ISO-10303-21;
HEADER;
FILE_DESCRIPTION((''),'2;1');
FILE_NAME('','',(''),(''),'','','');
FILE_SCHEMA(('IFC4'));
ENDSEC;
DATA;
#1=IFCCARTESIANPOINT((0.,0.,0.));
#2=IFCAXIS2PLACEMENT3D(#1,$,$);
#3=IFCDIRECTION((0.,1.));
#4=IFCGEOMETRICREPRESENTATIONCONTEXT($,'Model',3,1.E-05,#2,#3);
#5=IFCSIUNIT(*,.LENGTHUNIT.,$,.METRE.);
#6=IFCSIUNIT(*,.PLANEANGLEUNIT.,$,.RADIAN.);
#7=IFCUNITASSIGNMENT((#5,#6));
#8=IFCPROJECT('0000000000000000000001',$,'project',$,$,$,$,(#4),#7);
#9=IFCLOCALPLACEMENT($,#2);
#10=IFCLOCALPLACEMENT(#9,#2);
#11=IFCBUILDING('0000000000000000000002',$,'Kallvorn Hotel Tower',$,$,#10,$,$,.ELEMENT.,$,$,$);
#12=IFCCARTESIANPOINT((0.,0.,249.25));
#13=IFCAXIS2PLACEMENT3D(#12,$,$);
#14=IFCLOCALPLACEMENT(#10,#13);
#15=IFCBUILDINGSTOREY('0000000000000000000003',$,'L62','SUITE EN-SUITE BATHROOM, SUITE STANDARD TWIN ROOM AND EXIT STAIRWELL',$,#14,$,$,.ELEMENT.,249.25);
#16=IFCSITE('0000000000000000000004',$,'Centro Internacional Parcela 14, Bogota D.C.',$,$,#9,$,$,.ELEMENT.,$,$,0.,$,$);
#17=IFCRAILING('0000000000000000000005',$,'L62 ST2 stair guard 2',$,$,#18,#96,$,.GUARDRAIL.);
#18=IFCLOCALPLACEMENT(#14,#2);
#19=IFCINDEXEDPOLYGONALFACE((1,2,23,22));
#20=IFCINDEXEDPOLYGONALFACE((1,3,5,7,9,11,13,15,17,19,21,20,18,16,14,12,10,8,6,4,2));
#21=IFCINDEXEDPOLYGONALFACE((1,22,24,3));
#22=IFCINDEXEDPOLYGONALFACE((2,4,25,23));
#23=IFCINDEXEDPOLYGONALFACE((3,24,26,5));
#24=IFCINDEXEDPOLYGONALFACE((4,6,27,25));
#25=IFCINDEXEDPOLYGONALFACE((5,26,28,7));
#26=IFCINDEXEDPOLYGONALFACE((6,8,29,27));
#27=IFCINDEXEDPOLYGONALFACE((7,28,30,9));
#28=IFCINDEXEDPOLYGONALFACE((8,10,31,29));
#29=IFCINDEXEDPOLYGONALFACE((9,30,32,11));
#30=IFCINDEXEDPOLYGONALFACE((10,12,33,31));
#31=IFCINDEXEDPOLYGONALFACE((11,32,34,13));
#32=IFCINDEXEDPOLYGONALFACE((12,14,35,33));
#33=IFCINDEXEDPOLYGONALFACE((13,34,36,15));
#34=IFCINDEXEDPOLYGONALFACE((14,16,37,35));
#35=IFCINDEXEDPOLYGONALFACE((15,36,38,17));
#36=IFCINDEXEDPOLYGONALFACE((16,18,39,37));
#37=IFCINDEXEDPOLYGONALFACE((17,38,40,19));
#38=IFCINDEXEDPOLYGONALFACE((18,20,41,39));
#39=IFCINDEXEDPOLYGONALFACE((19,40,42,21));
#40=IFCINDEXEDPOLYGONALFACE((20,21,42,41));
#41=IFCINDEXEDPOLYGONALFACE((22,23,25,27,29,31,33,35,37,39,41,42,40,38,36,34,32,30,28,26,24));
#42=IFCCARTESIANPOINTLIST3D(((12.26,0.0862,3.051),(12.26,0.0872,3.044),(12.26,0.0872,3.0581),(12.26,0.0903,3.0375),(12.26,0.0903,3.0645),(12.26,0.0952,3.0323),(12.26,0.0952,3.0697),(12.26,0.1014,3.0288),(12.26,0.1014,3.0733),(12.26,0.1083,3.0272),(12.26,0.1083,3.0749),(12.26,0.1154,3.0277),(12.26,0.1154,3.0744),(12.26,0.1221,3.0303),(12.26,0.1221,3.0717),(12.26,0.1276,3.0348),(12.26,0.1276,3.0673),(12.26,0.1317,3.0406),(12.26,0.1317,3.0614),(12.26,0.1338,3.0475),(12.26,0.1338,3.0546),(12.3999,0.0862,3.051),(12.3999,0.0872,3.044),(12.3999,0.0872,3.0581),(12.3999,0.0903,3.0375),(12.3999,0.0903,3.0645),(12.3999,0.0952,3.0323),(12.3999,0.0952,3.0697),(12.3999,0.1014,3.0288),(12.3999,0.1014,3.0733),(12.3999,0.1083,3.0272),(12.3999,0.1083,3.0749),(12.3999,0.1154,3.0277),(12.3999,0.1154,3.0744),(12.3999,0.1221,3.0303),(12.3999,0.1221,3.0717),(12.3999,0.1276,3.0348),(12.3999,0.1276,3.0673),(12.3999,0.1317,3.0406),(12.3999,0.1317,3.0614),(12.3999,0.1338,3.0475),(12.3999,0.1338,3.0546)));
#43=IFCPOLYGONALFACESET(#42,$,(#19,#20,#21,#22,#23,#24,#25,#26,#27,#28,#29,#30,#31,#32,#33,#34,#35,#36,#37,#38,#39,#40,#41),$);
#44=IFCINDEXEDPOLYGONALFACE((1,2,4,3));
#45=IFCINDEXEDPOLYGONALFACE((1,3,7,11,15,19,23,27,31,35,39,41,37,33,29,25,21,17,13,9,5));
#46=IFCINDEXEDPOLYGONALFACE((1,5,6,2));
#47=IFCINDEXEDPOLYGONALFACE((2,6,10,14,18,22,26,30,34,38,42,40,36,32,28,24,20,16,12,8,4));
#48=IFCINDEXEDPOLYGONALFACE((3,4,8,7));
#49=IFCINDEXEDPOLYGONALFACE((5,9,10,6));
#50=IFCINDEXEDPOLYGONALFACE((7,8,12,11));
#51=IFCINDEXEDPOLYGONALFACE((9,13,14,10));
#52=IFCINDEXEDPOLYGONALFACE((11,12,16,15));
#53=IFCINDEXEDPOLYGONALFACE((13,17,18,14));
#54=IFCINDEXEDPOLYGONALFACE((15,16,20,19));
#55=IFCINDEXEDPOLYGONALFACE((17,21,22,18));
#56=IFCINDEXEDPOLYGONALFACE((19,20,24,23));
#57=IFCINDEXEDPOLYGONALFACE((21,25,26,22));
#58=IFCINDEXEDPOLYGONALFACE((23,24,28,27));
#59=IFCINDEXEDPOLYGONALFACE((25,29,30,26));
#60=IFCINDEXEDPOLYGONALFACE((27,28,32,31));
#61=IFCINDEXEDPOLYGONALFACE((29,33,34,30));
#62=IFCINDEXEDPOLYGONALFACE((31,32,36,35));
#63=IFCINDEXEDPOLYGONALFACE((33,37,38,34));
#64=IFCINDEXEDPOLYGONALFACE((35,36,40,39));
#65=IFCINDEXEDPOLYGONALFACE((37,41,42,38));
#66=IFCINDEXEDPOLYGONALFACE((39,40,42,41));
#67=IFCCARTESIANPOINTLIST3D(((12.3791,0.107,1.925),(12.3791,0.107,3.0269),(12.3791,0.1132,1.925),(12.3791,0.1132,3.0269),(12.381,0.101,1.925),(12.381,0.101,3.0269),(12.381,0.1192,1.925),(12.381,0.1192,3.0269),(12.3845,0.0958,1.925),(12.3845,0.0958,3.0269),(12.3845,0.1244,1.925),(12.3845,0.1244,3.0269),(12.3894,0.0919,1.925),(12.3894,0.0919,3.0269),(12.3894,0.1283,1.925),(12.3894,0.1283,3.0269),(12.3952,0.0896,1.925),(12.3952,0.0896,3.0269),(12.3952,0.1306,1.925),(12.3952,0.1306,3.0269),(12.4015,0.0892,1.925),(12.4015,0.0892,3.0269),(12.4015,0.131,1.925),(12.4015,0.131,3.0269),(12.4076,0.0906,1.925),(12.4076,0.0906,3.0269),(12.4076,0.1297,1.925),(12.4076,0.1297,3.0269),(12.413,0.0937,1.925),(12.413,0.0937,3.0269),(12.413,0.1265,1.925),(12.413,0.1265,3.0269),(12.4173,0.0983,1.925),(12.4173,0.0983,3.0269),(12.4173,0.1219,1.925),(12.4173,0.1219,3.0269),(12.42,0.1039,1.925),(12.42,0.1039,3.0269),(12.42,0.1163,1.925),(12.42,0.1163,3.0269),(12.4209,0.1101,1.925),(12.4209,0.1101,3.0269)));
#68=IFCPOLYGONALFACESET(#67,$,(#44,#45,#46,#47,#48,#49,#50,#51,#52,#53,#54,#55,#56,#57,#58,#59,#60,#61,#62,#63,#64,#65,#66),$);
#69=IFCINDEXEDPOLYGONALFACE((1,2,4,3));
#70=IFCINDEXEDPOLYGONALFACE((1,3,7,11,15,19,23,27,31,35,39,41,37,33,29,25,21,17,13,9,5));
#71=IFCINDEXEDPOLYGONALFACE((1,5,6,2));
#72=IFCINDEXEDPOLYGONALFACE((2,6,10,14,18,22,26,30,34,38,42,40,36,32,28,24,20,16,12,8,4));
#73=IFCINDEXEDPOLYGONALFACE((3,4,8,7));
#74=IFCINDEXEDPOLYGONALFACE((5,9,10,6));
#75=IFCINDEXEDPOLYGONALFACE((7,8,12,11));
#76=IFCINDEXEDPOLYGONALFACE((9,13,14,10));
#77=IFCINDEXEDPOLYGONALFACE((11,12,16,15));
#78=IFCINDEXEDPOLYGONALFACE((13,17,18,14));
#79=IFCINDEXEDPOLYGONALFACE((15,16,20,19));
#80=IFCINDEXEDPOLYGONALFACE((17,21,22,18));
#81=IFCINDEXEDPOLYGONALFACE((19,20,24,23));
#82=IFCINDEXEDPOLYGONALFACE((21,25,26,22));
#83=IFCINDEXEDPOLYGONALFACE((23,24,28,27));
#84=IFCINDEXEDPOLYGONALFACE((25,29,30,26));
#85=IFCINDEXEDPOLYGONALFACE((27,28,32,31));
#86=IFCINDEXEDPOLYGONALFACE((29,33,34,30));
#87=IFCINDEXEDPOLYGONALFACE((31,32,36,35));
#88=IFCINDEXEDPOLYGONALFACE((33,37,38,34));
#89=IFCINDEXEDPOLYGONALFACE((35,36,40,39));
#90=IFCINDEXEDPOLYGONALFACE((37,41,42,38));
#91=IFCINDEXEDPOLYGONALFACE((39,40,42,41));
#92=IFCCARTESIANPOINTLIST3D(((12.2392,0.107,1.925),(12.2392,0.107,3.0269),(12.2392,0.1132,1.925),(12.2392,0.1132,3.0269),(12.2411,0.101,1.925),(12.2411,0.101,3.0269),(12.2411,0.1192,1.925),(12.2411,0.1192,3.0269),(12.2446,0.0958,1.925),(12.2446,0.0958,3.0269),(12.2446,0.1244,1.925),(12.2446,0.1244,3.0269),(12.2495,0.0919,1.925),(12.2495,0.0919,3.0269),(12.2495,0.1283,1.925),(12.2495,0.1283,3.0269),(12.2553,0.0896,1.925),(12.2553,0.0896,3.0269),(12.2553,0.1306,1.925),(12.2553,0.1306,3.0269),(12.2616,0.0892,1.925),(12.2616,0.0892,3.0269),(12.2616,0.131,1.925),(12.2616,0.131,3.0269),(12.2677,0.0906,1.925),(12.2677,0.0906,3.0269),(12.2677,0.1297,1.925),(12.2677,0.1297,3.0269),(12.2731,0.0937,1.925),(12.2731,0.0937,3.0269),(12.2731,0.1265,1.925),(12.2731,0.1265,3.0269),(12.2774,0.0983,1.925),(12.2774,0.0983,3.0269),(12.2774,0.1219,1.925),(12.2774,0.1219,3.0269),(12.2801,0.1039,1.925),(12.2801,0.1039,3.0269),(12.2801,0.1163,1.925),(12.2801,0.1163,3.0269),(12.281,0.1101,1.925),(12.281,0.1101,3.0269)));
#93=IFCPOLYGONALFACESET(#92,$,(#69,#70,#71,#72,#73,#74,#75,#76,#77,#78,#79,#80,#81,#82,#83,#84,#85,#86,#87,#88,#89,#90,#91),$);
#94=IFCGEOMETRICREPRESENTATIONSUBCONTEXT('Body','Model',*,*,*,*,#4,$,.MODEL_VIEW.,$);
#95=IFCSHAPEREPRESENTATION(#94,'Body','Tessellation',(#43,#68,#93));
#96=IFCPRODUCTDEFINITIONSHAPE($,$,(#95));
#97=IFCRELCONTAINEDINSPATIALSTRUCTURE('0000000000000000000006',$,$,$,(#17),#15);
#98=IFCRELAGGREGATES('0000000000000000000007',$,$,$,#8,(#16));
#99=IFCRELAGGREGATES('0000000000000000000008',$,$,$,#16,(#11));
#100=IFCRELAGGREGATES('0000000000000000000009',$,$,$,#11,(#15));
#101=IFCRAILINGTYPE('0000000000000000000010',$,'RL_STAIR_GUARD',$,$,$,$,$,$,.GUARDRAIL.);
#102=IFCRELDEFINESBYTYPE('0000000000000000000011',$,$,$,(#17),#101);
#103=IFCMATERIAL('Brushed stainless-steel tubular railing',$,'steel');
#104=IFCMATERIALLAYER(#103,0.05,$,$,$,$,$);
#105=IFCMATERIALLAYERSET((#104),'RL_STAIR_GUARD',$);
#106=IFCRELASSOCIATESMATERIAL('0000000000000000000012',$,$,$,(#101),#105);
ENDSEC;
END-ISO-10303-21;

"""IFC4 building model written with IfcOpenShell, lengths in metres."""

from ifc_helpers import new_model, si_unit, direction, frame, origin, origin_2d, place, context, subcontext, project, spatial, circle, extrude, material, layer, layer_set, type_object, element, save


model = new_model("IFC4")

# Units and contexts
model_context = context("Model", 3, precision=1e-05, world=origin(), true_north=direction((0.0, 1.0)))
body_context = subcontext(model_context, "Body", "Model", "MODEL_VIEW")
ifc_project = project(units=[si_unit("LENGTHUNIT", "METRE"), si_unit("PLANEANGLEUNIT", "RADIAN")], contexts=[model_context])

# Site, building, storey
site_placement = place(None, origin())
site = spatial("IfcSite", under=ifc_project, at=site_placement, Name="Centro Internacional Parcela 14, Bogota D.C.", CompositionType="ELEMENT", RefElevation=0.0)
building_placement = place(site_placement, origin())
building = spatial("IfcBuilding", under=site, at=building_placement, Name="Kallvorn Hotel Tower", CompositionType="ELEMENT")
storey_placement = place(building_placement, frame((0.0, 0.0, 249.25)))
storey = spatial("IfcBuildingStorey", under=building, at=storey_placement, Name="L62", Description="SUITE EN-SUITE BATHROOM, SUITE STANDARD TWIN ROOM AND EXIT STAIRWELL", CompositionType="ELEMENT", Elevation=249.25)

# Railing
ifc_material_1 = material(Name="Brushed stainless-steel tubular railing", Category="steel")
ifc_layer_1 = layer(ifc_material_1, 0.05)
ifc_layer_set_1 = layer_set([ifc_layer_1], Name="RL_STAIR_GUARD")
railing_type_1 = type_object("IfcRailingType", Name="RL_STAIR_GUARD", PredefinedType="GUARDRAIL", material=ifc_layer_set_1)
railing_1_placement = place(storey_placement, frame((12.3999, 0.1101, 1.925)))
element("IfcRailing", 1, at=railing_1_placement, inside=storey, type_object=railing_type_1, Name="L62 ST2 stair guard 2", PredefinedType="GUARDRAIL", context=body_context, shape_type="SweptSolid", body=[
    extrude(circle(Radius=0.0239, at=origin_2d()), frame((0.0, 0.0, 1.126), z_axis=(-1.0, 0.0, 0.0), x_axis=(0.0, -1.0, 0.0)), (0.0, 0.0, 1.0), 0.1399),
    extrude(circle(Radius=0.021, at=origin_2d()), origin(), (0.0, 0.0, 1.0), 1.1018),
    extrude(circle(Radius=0.021, at=origin_2d()), frame((-0.1399, 0.0, 0.0)), (0.0, 0.0, 1.0), 1.1018),
])

save(model, "model.ifc")
